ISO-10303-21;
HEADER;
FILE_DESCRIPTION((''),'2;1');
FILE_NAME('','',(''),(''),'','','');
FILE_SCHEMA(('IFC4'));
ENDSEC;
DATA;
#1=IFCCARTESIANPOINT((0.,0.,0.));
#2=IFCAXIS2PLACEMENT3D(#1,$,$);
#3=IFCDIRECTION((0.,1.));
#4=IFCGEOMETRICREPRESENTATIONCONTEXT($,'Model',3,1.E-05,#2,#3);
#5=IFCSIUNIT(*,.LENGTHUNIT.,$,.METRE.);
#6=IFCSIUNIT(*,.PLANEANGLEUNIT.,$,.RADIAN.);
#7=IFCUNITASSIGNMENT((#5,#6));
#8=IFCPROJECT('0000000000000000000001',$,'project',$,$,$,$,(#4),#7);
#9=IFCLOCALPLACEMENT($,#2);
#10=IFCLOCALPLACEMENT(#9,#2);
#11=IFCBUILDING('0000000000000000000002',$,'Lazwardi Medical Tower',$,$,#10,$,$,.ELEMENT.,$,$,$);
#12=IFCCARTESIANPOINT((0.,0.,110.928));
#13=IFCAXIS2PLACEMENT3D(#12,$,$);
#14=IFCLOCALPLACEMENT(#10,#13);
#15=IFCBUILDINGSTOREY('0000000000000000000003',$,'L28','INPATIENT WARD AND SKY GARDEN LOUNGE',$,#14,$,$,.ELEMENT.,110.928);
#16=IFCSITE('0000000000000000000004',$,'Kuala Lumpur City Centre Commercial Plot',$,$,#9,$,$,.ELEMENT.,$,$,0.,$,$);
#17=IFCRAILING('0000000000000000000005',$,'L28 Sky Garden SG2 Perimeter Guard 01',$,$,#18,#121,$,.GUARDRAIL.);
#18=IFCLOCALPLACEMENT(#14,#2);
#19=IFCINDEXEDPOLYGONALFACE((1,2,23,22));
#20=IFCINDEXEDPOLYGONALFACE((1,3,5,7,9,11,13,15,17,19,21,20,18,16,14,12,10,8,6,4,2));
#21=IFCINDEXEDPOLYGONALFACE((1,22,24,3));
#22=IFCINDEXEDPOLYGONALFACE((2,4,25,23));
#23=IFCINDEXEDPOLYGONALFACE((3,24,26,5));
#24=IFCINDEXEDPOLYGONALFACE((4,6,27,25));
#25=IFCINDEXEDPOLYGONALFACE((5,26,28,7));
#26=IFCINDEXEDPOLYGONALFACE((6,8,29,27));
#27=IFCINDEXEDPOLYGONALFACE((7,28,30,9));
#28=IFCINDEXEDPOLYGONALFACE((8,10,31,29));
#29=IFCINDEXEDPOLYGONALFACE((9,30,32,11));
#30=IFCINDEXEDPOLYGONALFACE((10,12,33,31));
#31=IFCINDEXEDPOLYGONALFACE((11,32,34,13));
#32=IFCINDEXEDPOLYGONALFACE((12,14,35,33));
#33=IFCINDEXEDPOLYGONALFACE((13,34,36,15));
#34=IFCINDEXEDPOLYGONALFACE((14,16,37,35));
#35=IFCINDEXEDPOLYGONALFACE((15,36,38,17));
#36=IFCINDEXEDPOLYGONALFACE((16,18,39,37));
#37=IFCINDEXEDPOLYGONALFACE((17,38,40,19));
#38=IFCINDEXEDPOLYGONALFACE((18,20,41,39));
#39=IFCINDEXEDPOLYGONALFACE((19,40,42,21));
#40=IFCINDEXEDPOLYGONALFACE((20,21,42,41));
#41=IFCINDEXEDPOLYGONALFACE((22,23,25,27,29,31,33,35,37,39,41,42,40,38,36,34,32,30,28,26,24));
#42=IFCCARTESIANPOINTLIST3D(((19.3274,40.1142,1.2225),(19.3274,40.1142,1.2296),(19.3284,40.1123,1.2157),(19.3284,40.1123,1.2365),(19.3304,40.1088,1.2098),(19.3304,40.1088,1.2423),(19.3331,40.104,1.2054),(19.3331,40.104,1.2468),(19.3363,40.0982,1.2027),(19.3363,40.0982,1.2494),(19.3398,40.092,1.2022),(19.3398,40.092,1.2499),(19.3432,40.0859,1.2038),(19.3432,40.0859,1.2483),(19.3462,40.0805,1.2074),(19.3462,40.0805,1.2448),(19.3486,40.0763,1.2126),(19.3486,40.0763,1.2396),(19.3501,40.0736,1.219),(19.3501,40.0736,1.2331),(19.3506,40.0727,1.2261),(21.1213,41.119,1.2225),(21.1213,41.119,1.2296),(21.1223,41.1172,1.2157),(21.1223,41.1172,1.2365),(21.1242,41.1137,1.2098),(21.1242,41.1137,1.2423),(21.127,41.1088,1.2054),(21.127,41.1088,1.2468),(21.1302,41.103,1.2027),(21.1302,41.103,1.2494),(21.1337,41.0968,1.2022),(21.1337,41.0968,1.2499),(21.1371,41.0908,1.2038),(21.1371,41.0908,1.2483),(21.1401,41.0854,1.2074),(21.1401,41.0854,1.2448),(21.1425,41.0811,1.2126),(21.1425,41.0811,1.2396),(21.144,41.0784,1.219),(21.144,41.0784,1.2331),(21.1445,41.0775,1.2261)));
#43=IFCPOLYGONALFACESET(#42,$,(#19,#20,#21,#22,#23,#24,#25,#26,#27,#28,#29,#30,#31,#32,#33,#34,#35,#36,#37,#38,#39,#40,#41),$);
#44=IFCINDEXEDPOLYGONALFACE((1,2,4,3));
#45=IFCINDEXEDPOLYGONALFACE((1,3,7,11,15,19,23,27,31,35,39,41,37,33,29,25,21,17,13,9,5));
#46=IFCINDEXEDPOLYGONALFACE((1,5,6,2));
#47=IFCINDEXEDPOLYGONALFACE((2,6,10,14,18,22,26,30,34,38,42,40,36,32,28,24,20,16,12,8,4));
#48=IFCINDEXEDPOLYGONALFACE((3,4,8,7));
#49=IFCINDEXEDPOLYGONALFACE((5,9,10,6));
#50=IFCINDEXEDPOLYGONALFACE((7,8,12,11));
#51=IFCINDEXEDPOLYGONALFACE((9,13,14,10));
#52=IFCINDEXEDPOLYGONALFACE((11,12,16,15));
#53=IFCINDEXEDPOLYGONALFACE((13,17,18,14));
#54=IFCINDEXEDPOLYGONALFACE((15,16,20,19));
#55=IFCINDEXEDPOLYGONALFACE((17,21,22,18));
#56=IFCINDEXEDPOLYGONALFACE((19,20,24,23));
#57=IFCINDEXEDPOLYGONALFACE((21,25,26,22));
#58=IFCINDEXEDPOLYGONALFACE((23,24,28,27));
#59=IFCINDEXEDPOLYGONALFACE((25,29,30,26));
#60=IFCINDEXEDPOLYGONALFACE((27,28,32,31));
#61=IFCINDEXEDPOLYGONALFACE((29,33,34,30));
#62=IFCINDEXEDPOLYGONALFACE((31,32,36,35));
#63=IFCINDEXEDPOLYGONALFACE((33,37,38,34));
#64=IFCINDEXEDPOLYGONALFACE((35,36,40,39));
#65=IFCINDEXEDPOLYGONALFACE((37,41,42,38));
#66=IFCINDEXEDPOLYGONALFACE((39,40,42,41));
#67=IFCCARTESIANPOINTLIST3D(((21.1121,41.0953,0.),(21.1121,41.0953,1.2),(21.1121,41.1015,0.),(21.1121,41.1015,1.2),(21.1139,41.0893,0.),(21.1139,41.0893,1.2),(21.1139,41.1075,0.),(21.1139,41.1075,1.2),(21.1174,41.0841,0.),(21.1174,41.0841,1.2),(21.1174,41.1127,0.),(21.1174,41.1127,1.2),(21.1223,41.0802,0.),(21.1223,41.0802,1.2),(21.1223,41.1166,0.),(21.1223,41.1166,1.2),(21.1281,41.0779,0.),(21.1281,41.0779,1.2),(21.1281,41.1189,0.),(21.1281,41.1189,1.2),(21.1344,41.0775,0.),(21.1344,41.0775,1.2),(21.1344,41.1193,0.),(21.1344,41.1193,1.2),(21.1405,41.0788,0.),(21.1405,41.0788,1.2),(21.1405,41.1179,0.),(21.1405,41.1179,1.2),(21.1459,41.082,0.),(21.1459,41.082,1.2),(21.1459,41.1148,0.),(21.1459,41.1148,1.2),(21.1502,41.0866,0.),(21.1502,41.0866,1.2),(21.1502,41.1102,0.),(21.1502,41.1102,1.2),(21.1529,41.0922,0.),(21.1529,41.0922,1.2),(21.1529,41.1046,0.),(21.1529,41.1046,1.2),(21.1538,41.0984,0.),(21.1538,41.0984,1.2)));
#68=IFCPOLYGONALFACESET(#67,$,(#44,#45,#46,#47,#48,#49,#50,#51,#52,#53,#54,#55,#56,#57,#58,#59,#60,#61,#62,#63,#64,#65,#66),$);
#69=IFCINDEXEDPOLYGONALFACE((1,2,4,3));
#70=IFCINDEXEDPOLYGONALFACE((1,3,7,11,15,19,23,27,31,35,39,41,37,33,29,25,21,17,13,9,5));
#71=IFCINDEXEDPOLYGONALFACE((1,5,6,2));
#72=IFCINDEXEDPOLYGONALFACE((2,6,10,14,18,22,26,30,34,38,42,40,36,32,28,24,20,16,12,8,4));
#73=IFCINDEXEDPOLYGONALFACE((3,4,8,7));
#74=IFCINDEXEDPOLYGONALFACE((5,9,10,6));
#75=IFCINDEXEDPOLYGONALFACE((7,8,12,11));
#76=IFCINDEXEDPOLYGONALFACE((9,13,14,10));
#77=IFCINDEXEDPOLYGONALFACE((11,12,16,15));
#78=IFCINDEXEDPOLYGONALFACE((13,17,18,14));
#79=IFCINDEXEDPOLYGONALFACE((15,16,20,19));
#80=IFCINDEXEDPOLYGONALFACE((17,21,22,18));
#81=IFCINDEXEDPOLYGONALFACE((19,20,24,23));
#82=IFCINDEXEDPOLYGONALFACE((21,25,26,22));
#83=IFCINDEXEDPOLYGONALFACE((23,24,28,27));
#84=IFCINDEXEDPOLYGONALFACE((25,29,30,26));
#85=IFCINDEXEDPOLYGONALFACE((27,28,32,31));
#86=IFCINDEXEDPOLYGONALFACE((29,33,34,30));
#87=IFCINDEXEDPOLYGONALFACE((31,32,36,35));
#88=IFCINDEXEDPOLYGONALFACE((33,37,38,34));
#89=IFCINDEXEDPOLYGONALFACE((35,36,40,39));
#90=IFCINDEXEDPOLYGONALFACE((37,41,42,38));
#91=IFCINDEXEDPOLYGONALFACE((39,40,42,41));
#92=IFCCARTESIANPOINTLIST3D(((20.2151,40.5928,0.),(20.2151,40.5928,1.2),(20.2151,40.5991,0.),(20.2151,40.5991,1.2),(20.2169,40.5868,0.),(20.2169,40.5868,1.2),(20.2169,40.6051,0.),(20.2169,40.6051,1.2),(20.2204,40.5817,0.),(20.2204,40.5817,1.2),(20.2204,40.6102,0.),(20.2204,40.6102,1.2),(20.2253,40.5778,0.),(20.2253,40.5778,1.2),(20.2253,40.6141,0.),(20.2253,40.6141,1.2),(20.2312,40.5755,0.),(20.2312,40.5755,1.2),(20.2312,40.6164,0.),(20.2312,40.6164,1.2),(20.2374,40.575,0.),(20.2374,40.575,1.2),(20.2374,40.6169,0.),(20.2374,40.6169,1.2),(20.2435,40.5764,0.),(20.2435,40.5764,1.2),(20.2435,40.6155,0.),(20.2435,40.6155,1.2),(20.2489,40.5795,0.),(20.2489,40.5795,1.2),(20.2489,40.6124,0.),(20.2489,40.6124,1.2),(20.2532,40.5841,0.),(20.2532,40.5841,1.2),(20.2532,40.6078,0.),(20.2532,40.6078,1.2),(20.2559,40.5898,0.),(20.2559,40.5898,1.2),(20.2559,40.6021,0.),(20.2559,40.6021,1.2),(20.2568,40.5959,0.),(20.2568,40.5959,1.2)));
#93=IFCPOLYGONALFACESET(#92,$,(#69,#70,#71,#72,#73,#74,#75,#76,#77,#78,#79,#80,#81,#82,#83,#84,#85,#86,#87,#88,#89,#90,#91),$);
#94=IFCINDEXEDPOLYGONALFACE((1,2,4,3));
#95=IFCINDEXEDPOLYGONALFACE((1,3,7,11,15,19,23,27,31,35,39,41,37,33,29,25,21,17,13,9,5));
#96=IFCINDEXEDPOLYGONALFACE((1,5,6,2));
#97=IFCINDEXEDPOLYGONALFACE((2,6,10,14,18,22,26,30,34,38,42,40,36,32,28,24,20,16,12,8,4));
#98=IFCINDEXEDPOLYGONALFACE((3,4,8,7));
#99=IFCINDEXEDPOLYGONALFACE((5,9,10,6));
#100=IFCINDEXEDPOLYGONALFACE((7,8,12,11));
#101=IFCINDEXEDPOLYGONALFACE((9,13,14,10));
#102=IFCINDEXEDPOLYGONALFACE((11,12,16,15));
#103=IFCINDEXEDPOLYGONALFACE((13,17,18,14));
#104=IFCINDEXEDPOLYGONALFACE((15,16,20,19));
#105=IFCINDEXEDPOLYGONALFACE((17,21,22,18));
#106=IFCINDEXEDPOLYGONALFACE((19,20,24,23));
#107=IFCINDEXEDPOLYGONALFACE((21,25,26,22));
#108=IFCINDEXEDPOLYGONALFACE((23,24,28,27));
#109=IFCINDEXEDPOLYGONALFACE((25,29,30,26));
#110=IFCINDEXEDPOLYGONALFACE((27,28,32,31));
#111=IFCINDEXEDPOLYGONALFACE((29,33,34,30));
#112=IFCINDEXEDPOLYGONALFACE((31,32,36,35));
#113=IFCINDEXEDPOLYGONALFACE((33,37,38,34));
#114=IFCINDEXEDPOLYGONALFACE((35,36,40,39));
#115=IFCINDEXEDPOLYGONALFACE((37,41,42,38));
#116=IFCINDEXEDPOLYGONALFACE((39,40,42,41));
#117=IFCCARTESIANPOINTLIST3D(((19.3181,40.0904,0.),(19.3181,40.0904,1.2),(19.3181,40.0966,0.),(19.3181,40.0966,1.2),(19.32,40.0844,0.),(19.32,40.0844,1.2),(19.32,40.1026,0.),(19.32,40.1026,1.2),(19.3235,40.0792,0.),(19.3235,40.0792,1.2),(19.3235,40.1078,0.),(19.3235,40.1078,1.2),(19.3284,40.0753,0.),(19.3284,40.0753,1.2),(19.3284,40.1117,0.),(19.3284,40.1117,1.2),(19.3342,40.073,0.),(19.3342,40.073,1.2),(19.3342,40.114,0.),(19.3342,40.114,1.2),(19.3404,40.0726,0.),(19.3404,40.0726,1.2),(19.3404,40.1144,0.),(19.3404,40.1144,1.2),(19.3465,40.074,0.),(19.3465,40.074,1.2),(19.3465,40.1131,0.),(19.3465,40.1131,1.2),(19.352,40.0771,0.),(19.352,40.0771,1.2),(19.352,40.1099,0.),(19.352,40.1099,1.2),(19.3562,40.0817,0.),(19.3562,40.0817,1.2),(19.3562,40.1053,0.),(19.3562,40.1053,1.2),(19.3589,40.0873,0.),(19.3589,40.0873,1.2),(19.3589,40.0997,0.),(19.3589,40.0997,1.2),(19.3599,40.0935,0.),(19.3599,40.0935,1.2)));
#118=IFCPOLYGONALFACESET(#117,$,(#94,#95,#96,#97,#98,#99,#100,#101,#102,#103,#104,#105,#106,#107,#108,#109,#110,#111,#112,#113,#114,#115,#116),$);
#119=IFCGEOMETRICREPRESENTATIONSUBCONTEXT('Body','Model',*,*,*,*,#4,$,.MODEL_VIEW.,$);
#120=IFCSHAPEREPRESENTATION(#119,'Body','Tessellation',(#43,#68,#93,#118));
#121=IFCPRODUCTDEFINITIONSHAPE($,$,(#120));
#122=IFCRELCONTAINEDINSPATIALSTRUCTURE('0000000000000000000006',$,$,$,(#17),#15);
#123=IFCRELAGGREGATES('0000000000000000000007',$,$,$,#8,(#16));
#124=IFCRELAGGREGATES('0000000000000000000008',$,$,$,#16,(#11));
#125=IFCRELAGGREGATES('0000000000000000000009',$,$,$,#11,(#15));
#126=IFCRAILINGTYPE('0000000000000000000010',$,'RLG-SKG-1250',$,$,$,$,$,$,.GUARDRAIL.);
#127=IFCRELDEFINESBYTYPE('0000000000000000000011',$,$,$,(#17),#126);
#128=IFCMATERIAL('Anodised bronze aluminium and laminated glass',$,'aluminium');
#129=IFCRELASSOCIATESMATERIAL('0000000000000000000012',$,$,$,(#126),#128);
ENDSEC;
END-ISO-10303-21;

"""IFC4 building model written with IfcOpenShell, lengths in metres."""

from ifc_helpers import new_model, si_unit, direction, frame, origin, origin_2d, place, context, subcontext, project, spatial, circle, extrude, material, type_object, element, save


model = new_model("IFC4")

# Units and contexts
model_context = context("Model", 3, precision=1e-05, world=origin(), true_north=direction((0.0, 1.0)))
body_context = subcontext(model_context, "Body", "Model", "MODEL_VIEW")
ifc_project = project(units=[si_unit("LENGTHUNIT", "METRE"), si_unit("PLANEANGLEUNIT", "RADIAN")], contexts=[model_context])

# Site, building, storey
site_placement = place(None, origin())
site = spatial("IfcSite", under=ifc_project, at=site_placement, Name="Kuala Lumpur City Centre Commercial Plot", CompositionType="ELEMENT", RefElevation=0.0)
building_placement = place(site_placement, origin())
building = spatial("IfcBuilding", under=site, at=building_placement, Name="Lazwardi Medical Tower", CompositionType="ELEMENT")
storey_placement = place(building_placement, frame((0.0, 0.0, 110.928)))
storey = spatial("IfcBuildingStorey", under=building, at=storey_placement, Name="L28", Description="INPATIENT WARD AND SKY GARDEN LOUNGE", CompositionType="ELEMENT", Elevation=110.928)

# Shared definitions
ifc_material_1 = material(Name="Anodised bronze aluminium and laminated glass", Category="aluminium")

# Railing
railing_type = type_object("IfcRailingType", Name="RLG-SKG-1250", PredefinedType="GUARDRAIL", material=ifc_material_1)
railing_1_placement = place(storey_placement, frame((21.1328, 41.0984, 0.0)))
element("IfcRailing", 1, at=railing_1_placement, inside=storey, type_object=railing_type, Name="L28 Sky Garden SG2 Perimeter Guard 01", PredefinedType="GUARDRAIL", context=body_context, shape_type="SweptSolid", body=[
    extrude(circle(Radius=0.0239, at=origin_2d()), frame((0.0, 0.0, 1.2261), z_axis=(-0.872449, -0.488705, 0.0), x_axis=(0.488705, -0.872449, 0.0)), (0.0, 0.0, 1.0), 2.0562),
    extrude(circle(Radius=0.021, at=origin_2d()), origin(), (0.0, 0.0, 1.0), 1.2),
    extrude(circle(Radius=0.021, at=origin_2d()), frame((-0.897, -0.5024, 0.0)), (0.0, 0.0, 1.0), 1.2),
    extrude(circle(Radius=0.021, at=origin_2d()), frame((-1.7939, -1.0049, 0.0)), (0.0, 0.0, 1.0), 1.2),
])

save(model, "model.ifc")
